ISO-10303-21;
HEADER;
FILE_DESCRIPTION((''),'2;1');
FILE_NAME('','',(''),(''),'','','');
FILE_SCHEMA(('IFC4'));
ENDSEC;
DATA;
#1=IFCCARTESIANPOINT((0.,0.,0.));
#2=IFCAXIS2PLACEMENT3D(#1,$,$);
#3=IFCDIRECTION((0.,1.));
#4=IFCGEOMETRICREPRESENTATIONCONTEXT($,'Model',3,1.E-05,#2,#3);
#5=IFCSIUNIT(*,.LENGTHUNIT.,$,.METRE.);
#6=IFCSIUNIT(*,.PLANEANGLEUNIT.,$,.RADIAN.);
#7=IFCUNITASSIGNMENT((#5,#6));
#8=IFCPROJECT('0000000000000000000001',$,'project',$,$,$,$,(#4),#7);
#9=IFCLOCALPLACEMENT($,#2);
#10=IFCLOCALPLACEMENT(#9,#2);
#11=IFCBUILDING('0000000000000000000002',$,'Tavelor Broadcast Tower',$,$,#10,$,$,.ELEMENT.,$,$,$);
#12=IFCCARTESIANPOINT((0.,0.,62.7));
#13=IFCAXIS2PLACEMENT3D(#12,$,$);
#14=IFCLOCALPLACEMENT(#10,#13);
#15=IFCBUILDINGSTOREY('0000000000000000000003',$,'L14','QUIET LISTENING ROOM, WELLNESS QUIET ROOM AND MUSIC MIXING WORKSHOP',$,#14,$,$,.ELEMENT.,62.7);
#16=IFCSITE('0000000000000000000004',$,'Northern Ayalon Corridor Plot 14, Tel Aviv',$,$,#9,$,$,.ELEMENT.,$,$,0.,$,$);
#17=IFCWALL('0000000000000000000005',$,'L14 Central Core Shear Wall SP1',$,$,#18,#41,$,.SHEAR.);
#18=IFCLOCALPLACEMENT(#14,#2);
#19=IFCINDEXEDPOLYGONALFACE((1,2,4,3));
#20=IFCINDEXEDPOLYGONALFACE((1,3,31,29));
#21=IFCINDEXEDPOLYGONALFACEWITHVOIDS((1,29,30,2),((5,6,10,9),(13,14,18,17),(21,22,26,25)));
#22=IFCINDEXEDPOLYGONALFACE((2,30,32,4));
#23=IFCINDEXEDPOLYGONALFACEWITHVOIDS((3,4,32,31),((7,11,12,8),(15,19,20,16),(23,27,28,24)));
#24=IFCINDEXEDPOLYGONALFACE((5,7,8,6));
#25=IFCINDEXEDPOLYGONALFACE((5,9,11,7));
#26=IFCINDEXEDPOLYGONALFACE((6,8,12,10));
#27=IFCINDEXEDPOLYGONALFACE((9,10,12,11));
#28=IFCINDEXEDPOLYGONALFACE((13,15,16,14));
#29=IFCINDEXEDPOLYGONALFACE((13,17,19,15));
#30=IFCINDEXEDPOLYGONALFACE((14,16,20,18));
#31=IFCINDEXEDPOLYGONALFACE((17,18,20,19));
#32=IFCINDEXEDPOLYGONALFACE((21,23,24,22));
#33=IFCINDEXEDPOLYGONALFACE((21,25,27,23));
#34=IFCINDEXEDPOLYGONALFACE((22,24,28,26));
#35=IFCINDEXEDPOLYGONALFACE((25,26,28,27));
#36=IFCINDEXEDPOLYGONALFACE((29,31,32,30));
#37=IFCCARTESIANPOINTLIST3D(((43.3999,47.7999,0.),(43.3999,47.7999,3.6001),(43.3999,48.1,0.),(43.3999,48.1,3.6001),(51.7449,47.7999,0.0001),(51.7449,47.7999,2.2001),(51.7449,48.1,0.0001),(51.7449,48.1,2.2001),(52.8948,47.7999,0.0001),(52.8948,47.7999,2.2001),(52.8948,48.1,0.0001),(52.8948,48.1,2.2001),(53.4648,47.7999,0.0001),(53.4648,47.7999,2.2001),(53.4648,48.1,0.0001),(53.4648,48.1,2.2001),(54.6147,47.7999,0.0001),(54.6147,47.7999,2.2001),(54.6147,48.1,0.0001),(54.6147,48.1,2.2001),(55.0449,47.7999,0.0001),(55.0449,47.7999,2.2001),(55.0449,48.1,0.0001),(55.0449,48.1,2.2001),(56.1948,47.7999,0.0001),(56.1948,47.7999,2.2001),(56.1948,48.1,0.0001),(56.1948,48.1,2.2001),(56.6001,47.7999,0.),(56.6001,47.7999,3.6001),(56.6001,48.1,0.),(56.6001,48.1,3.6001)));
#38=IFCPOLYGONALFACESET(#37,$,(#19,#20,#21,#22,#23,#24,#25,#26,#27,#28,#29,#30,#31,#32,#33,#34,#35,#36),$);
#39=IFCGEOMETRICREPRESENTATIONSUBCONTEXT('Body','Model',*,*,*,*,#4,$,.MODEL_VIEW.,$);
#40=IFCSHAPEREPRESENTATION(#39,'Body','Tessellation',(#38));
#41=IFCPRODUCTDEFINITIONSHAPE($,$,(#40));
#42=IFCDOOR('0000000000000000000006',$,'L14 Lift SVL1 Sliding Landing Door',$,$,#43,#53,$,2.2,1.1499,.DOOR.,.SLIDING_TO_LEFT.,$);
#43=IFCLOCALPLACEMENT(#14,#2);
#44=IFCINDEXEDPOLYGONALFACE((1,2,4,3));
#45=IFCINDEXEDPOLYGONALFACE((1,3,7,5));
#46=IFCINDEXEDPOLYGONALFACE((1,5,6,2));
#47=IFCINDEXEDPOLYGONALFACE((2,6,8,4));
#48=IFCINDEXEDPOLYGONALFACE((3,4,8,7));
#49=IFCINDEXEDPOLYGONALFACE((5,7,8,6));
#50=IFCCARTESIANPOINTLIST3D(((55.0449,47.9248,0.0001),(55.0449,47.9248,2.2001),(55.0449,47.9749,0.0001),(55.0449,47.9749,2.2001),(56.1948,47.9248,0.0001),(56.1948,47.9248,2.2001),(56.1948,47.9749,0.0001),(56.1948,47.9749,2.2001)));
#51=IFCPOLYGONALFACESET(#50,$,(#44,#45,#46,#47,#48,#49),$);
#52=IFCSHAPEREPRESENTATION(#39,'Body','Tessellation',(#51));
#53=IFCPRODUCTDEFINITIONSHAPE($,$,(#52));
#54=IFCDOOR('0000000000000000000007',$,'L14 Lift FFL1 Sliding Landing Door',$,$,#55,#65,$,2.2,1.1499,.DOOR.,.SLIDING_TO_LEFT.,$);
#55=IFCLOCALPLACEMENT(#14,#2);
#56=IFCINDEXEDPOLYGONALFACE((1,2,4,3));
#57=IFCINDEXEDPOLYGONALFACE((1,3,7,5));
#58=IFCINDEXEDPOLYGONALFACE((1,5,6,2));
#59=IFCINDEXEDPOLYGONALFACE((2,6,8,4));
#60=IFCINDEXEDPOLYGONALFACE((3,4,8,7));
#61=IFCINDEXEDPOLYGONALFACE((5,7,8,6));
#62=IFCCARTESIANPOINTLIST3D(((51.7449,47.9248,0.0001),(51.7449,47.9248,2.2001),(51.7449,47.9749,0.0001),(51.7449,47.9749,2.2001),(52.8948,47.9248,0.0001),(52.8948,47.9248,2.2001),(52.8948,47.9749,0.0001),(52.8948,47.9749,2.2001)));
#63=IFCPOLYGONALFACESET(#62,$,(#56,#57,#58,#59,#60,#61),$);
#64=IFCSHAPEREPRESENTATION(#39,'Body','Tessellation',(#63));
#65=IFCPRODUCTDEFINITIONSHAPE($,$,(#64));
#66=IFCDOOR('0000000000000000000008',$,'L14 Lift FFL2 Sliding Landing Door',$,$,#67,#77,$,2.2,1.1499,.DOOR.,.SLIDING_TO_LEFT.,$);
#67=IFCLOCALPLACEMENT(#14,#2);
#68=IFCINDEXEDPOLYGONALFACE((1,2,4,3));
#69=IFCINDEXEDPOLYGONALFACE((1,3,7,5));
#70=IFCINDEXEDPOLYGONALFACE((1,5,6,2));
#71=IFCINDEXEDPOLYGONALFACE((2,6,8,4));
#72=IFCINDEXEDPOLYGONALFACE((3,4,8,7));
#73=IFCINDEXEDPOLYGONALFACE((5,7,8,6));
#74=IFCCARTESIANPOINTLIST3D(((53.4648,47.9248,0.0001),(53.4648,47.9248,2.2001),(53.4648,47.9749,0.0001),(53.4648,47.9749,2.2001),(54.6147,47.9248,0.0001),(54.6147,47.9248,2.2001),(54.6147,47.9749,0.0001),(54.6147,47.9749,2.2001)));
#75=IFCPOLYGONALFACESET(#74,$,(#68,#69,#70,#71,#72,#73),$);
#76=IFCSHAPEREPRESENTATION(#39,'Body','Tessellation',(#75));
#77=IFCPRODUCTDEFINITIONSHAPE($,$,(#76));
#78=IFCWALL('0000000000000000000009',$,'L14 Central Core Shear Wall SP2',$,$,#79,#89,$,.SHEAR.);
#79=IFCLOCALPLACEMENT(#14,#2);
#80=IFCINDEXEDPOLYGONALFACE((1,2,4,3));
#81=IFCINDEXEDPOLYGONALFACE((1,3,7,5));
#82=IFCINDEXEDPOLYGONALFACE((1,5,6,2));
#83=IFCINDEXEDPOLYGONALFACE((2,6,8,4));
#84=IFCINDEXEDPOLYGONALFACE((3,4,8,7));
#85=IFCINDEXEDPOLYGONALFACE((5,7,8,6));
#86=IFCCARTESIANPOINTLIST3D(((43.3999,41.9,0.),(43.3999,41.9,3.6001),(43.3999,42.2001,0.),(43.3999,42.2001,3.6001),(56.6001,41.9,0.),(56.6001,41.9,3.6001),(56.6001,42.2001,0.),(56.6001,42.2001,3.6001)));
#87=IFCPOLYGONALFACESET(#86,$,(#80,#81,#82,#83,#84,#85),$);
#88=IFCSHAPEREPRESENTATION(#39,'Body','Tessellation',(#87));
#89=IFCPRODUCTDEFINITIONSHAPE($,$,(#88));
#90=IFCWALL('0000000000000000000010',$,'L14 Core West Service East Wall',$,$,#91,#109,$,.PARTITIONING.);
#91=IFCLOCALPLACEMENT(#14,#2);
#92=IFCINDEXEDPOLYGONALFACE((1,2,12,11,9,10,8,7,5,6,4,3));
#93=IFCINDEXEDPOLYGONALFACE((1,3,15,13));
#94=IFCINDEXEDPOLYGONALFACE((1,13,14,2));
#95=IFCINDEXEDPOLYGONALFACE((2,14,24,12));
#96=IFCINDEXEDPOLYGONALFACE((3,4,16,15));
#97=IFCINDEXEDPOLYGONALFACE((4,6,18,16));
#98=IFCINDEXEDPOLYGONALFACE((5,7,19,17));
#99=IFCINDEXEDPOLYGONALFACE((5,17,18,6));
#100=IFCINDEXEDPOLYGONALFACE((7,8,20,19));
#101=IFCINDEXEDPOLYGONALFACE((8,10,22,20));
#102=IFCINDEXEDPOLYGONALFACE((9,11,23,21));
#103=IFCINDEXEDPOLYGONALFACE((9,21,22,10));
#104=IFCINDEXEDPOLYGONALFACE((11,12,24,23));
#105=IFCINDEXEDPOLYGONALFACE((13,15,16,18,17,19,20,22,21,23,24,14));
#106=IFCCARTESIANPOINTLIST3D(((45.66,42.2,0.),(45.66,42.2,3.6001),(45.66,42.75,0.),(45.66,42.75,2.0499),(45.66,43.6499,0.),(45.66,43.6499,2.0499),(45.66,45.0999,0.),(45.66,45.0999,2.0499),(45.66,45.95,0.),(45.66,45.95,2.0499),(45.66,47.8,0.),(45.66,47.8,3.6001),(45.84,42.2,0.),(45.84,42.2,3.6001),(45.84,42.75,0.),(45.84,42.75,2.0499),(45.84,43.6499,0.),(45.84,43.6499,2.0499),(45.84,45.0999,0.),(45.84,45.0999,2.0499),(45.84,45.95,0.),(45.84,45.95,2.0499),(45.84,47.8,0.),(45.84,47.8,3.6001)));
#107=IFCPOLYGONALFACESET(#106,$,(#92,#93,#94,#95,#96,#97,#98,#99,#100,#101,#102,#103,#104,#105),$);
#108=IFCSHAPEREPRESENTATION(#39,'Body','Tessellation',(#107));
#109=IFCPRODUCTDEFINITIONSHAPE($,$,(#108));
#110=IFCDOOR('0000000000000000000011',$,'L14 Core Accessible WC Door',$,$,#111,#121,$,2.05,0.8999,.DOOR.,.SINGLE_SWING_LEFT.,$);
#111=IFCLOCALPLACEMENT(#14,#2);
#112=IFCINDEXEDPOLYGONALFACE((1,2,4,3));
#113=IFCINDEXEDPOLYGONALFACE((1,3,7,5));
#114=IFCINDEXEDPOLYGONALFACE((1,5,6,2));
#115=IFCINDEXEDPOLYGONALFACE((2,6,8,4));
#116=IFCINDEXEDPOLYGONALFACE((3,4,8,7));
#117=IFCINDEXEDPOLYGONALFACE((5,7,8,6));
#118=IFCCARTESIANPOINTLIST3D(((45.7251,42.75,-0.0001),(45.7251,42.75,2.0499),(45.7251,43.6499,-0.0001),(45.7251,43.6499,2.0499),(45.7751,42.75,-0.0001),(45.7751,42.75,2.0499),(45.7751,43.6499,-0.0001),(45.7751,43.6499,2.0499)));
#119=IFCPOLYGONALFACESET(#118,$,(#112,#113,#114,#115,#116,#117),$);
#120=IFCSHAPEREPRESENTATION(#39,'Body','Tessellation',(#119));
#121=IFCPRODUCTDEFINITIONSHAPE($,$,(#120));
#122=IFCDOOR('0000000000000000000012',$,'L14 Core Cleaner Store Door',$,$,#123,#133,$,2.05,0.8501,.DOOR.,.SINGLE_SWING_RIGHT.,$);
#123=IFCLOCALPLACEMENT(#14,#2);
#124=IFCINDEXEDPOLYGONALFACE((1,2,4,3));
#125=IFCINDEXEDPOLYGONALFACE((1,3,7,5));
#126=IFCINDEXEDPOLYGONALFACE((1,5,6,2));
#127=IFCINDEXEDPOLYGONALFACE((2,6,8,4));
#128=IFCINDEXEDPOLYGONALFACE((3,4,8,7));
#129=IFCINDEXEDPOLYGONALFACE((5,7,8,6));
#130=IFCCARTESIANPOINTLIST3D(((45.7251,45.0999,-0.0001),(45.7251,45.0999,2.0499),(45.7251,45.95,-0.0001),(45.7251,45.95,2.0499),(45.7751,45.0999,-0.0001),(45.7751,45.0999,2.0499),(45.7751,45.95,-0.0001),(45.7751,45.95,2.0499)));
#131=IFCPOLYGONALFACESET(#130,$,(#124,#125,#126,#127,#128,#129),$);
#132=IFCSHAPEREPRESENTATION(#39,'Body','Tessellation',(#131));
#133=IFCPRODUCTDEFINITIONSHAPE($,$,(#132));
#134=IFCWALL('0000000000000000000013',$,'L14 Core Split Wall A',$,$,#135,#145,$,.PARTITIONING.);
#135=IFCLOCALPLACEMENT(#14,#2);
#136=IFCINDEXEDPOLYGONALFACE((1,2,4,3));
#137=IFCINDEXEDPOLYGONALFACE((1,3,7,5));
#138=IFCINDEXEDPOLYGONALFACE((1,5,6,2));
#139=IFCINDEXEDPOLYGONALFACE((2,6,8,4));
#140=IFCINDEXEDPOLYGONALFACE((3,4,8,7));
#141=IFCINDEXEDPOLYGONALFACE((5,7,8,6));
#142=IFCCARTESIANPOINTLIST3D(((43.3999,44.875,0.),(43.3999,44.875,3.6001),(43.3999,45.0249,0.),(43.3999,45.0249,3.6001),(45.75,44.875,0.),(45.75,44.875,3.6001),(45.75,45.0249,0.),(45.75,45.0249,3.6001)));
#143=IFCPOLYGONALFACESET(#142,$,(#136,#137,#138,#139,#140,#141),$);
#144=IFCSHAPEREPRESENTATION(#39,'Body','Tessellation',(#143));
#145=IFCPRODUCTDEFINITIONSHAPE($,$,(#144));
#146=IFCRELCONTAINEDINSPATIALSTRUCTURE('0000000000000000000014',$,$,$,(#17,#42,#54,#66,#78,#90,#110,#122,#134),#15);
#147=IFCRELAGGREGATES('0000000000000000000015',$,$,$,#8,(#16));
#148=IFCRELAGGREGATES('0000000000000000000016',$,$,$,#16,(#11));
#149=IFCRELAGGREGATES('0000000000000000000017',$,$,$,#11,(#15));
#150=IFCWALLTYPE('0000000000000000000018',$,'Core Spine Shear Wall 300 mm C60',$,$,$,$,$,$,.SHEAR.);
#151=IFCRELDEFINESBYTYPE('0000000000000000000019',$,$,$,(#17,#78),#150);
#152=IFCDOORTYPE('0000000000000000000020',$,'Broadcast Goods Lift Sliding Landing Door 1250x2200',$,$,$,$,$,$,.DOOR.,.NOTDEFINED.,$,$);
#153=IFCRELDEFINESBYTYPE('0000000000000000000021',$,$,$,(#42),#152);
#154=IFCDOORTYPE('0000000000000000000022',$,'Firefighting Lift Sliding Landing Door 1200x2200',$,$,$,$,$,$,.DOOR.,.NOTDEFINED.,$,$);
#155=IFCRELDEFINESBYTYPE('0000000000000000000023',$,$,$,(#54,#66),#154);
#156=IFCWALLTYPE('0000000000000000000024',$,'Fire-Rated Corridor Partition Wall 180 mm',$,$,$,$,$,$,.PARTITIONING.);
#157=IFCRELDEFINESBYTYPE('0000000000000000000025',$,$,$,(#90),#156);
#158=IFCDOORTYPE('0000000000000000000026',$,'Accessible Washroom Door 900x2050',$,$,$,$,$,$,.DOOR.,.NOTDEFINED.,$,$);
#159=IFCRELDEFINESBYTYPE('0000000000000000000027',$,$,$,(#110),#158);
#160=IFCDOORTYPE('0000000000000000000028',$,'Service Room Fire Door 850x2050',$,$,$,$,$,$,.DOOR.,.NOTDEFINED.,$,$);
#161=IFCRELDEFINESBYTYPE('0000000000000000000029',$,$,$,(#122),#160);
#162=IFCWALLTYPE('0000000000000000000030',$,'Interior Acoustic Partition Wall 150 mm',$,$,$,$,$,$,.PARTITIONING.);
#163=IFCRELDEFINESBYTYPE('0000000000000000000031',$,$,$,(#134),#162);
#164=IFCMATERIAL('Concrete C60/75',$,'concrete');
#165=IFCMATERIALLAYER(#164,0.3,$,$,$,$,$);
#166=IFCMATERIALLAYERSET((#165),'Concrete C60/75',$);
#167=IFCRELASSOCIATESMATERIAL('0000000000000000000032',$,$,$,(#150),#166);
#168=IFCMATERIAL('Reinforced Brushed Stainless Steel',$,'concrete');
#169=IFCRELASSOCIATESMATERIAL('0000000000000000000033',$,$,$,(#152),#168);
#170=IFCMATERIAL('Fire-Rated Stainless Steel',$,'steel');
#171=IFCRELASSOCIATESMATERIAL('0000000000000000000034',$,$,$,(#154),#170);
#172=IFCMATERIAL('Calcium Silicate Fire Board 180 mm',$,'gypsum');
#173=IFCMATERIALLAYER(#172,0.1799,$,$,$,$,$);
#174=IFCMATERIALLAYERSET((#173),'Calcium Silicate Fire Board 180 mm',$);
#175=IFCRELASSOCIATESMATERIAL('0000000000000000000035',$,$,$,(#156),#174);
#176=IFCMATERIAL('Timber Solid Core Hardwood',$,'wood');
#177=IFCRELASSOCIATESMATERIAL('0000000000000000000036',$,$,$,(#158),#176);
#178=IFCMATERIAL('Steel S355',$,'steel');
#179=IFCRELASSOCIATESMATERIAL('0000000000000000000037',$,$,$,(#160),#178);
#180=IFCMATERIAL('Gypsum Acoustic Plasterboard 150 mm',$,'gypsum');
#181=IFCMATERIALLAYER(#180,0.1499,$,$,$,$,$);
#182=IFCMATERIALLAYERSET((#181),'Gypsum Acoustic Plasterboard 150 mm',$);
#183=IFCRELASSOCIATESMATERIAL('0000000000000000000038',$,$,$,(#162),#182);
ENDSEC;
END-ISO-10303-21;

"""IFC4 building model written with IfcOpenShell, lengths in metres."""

from ifc_helpers import new_model, si_unit, direction, frame, frame_2d, origin, place, context, subcontext, project, spatial, rectangle, extrude, material, layer, layer_set, type_object, element, fill, save


model = new_model("IFC4")

# Units and contexts
model_context = context("Model", 3, precision=1e-05, world=origin(), true_north=direction((0.0, 1.0)))
body_context = subcontext(model_context, "Body", "Model", "MODEL_VIEW")
ifc_project = project(units=[si_unit("LENGTHUNIT", "METRE"), si_unit("PLANEANGLEUNIT", "RADIAN")], contexts=[model_context])

# Site, building, storey
site_placement = place(None, origin())
site = spatial("IfcSite", under=ifc_project, at=site_placement, Name="Northern Ayalon Corridor Plot 14, Tel Aviv", CompositionType="ELEMENT", RefElevation=0.0)
building_placement = place(site_placement, origin())
building = spatial("IfcBuilding", under=site, at=building_placement, Name="Tavelor Broadcast Tower", CompositionType="ELEMENT")
storey_placement = place(building_placement, frame((0.0, 0.0, 62.7)))
storey = spatial("IfcBuildingStorey", under=building, at=storey_placement, Name="L14", Description="QUIET LISTENING ROOM, WELLNESS QUIET ROOM AND MUSIC MIXING WORKSHOP", CompositionType="ELEMENT", Elevation=62.7)

# Shared definitions
ifc_material_1 = material(Name="Concrete C60/75", Category="concrete")

# Shared definitions
ifc_material_2 = material(Name="Steel S355", Category="steel")

# Wall, openings, doors
ifc_layer_1 = layer(ifc_material_1, 0.3)
ifc_layer_set_1 = layer_set([ifc_layer_1], Name="Concrete C60/75")
wall_type_1 = type_object("IfcWallType", Name="Core Spine Shear Wall 300 mm C60", PredefinedType="SHEAR", material=ifc_layer_set_1)
wall_1_placement = place(storey_placement, frame((43.3999, 47.95, 0.0), z_axis=(0.0, 0.0, 1.0), x_axis=(1.0, 0.0, 0.0)))
wall_1 = element("IfcWall", 1, at=wall_1_placement, inside=storey, type_object=wall_type_1, Name="L14 Central Core Shear Wall SP1", PredefinedType="SHEAR", context=body_context, shape_type="SweptSolid", body=[
    extrude(rectangle(XDim=13.2002, YDim=0.3, at=frame_2d((6.6001, 0.0))), origin(), (0.0, 0.0, 1.0), 3.6001),
])
opening_1_placement = place(wall_1_placement, frame((8.345, 0.0, 0.0)))
opening_1 = element("IfcOpeningElement", 2, at=opening_1_placement, cuts=wall_1, PredefinedType="OPENING", context=body_context, shape_type="SweptSolid", body=[
    extrude(rectangle(XDim=1.1499, YDim=2.2, at=frame_2d((0.575, 1.1001))), frame((0.0, 0.1602, 0.0), z_axis=(0.0, -1.0, 0.0), x_axis=(1.0, 0.0, 0.0)), (0.0, 0.0, 1.0), 0.3201),
])
opening_2_placement = place(wall_1_placement, frame((10.0649, 0.0, 0.0)))
opening_2 = element("IfcOpeningElement", 3, at=opening_2_placement, cuts=wall_1, PredefinedType="OPENING", context=body_context, shape_type="SweptSolid", body=[
    extrude(rectangle(XDim=1.1499, YDim=2.2, at=frame_2d((0.575, 1.1001))), frame((0.0, 0.1602, 0.0), z_axis=(0.0, -1.0, 0.0), x_axis=(1.0, 0.0, 0.0)), (0.0, 0.0, 1.0), 0.3201),
])
opening_3_placement = place(wall_1_placement, frame((11.645, 0.0, 0.0)))
opening_3 = element("IfcOpeningElement", 4, at=opening_3_placement, cuts=wall_1, PredefinedType="OPENING", context=body_context, shape_type="SweptSolid", body=[
    extrude(rectangle(XDim=1.1499, YDim=2.2, at=frame_2d((0.575, 1.1001))), frame((0.0, 0.1602, 0.0), z_axis=(0.0, -1.0, 0.0), x_axis=(1.0, 0.0, 0.0)), (0.0, 0.0, 1.0), 0.3201),
])
ifc_material_3 = material(Name="Reinforced Brushed Stainless Steel", Category="concrete")
door_type_1 = type_object("IfcDoorType", Name="Broadcast Goods Lift Sliding Landing Door 1250x2200", OperationType="NOTDEFINED", PredefinedType="DOOR", material=ifc_material_3)
door_1_placement = place(opening_3_placement, origin())
door_1 = element("IfcDoor", 5, at=door_1_placement, inside=storey, type_object=door_type_1, Name="L14 Lift SVL1 Sliding Landing Door", OperationType="SLIDING_TO_LEFT", OverallHeight=2.2, OverallWidth=1.1499, PredefinedType="DOOR", context=body_context, shape_type="SweptSolid", body=[
    extrude(rectangle(XDim=1.1499, YDim=2.2, at=frame_2d((0.575, 1.1001))), frame((0.0, 0.0249, 0.0), z_axis=(0.0, -1.0, 0.0), x_axis=(1.0, 0.0, 0.0)), (0.0, 0.0, 1.0), 0.05),
])
fill(opening_3, door_1)
ifc_material_4 = material(Name="Fire-Rated Stainless Steel", Category="steel")
door_type_2 = type_object("IfcDoorType", Name="Firefighting Lift Sliding Landing Door 1200x2200", OperationType="NOTDEFINED", PredefinedType="DOOR", material=ifc_material_4)
door_2_placement = place(opening_1_placement, origin())
door_2 = element("IfcDoor", 6, at=door_2_placement, inside=storey, type_object=door_type_2, Name="L14 Lift FFL1 Sliding Landing Door", OperationType="SLIDING_TO_LEFT", OverallHeight=2.2, OverallWidth=1.1499, PredefinedType="DOOR", context=body_context, shape_type="SweptSolid", body=[
    extrude(rectangle(XDim=1.1499, YDim=2.2, at=frame_2d((0.575, 1.1001))), frame((0.0, 0.0249, 0.0), z_axis=(0.0, -1.0, 0.0), x_axis=(1.0, 0.0, 0.0)), (0.0, 0.0, 1.0), 0.05),
])
fill(opening_1, door_2)
door_3_placement = place(opening_2_placement, origin())
door_3 = element("IfcDoor", 7, at=door_3_placement, inside=storey, type_object=door_type_2, Name="L14 Lift FFL2 Sliding Landing Door", OperationType="SLIDING_TO_LEFT", OverallHeight=2.2, OverallWidth=1.1499, PredefinedType="DOOR", context=body_context, shape_type="SweptSolid", body=[
    extrude(rectangle(XDim=1.1499, YDim=2.2, at=frame_2d((0.575, 1.1001))), frame((0.0, 0.0249, 0.0), z_axis=(0.0, -1.0, 0.0), x_axis=(1.0, 0.0, 0.0)), (0.0, 0.0, 1.0), 0.05),
])
fill(opening_2, door_3)

# Wall
wall_2_placement = place(storey_placement, frame((43.3999, 42.05, 0.0), z_axis=(0.0, 0.0, 1.0), x_axis=(1.0, 0.0, 0.0)))
element("IfcWall", 8, at=wall_2_placement, inside=storey, type_object=wall_type_1, Name="L14 Central Core Shear Wall SP2", PredefinedType="SHEAR", context=body_context, shape_type="SweptSolid", body=[
    extrude(rectangle(XDim=13.2002, YDim=0.3, at=frame_2d((6.6001, 0.0))), origin(), (0.0, 0.0, 1.0), 3.6001),
])

# Wall, openings, doors
ifc_material_5 = material(Name="Calcium Silicate Fire Board 180 mm", Category="gypsum")
ifc_layer_2 = layer(ifc_material_5, 0.1799)
ifc_layer_set_2 = layer_set([ifc_layer_2], Name="Calcium Silicate Fire Board 180 mm")
wall_type_2 = type_object("IfcWallType", Name="Fire-Rated Corridor Partition Wall 180 mm", PredefinedType="PARTITIONING", material=ifc_layer_set_2)
wall_3_placement = place(storey_placement, frame((45.75, 42.2, 0.0), z_axis=(0.0, 0.0, 1.0), x_axis=(0.0, 1.0, 0.0)))
wall_3 = element("IfcWall", 9, at=wall_3_placement, inside=storey, type_object=wall_type_2, Name="L14 Core West Service East Wall", PredefinedType="PARTITIONING", context=body_context, shape_type="SweptSolid", body=[
    extrude(rectangle(XDim=5.6001, YDim=0.1799, at=frame_2d((2.8, 0.0))), origin(), (0.0, 0.0, 1.0), 3.6001),
])
opening_4_placement = place(wall_3_placement, frame((0.55, 0.0, 0.0)))
opening_4 = element("IfcOpeningElement", 10, at=opening_4_placement, cuts=wall_3, PredefinedType="OPENING", context=body_context, shape_type="SweptSolid", body=[
    extrude(rectangle(XDim=0.8999, YDim=2.05, at=frame_2d((0.45, 1.0249))), frame((0.0, 0.1001, 0.0), z_axis=(0.0, -1.0, 0.0), x_axis=(1.0, 0.0, 0.0)), (0.0, 0.0, 1.0), 0.2),
])
opening_5_placement = place(wall_3_placement, frame((2.8999, 0.0, 0.0)))
opening_5 = element("IfcOpeningElement", 11, at=opening_5_placement, cuts=wall_3, PredefinedType="OPENING", context=body_context, shape_type="SweptSolid", body=[
    extrude(rectangle(XDim=0.8501, YDim=2.05, at=frame_2d((0.425, 1.0249))), frame((0.0, 0.1001, 0.0), z_axis=(0.0, -1.0, 0.0), x_axis=(1.0, 0.0, 0.0)), (0.0, 0.0, 1.0), 0.2),
])
ifc_material_6 = material(Name="Timber Solid Core Hardwood", Category="wood")
door_type_3 = type_object("IfcDoorType", Name="Accessible Washroom Door 900x2050", OperationType="NOTDEFINED", PredefinedType="DOOR", material=ifc_material_6)
door_4_placement = place(opening_4_placement, origin())
door_4 = element("IfcDoor", 12, at=door_4_placement, inside=storey, type_object=door_type_3, Name="L14 Core Accessible WC Door", OperationType="SINGLE_SWING_LEFT", OverallHeight=2.05, OverallWidth=0.8999, PredefinedType="DOOR", context=body_context, shape_type="SweptSolid", body=[
    extrude(rectangle(XDim=0.8999, YDim=2.05, at=frame_2d((0.45, 1.0249))), frame((0.0, 0.0249, 0.0), z_axis=(0.0, -1.0, 0.0), x_axis=(1.0, 0.0, 0.0)), (0.0, 0.0, 1.0), 0.05),
])
fill(opening_4, door_4)
door_type_4 = type_object("IfcDoorType", Name="Service Room Fire Door 850x2050", OperationType="NOTDEFINED", PredefinedType="DOOR", material=ifc_material_2)
door_5_placement = place(opening_5_placement, origin())
door_5 = element("IfcDoor", 13, at=door_5_placement, inside=storey, type_object=door_type_4, Name="L14 Core Cleaner Store Door", OperationType="SINGLE_SWING_RIGHT", OverallHeight=2.05, OverallWidth=0.8501, PredefinedType="DOOR", context=body_context, shape_type="SweptSolid", body=[
    extrude(rectangle(XDim=0.8501, YDim=2.05, at=frame_2d((0.425, 1.0249))), frame((0.0, 0.0249, 0.0), z_axis=(0.0, -1.0, 0.0), x_axis=(1.0, 0.0, 0.0)), (0.0, 0.0, 1.0), 0.05),
])
fill(opening_5, door_5)

# Wall
ifc_material_7 = material(Name="Gypsum Acoustic Plasterboard 150 mm", Category="gypsum")
ifc_layer_3 = layer(ifc_material_7, 0.1499)
ifc_layer_set_3 = layer_set([ifc_layer_3], Name="Gypsum Acoustic Plasterboard 150 mm")
wall_type_3 = type_object("IfcWallType", Name="Interior Acoustic Partition Wall 150 mm", PredefinedType="PARTITIONING", material=ifc_layer_set_3)
wall_4_placement = place(storey_placement, frame((43.3999, 44.95, 0.0), z_axis=(0.0, 0.0, 1.0), x_axis=(1.0, 0.0, 0.0)))
element("IfcWall", 14, at=wall_4_placement, inside=storey, type_object=wall_type_3, Name="L14 Core Split Wall A", PredefinedType="PARTITIONING", context=body_context, shape_type="SweptSolid", body=[
    extrude(rectangle(XDim=2.3501, YDim=0.1499, at=frame_2d((1.175, 0.0))), origin(), (0.0, 0.0, 1.0), 3.6001),
])

save(model, "model.ifc")
